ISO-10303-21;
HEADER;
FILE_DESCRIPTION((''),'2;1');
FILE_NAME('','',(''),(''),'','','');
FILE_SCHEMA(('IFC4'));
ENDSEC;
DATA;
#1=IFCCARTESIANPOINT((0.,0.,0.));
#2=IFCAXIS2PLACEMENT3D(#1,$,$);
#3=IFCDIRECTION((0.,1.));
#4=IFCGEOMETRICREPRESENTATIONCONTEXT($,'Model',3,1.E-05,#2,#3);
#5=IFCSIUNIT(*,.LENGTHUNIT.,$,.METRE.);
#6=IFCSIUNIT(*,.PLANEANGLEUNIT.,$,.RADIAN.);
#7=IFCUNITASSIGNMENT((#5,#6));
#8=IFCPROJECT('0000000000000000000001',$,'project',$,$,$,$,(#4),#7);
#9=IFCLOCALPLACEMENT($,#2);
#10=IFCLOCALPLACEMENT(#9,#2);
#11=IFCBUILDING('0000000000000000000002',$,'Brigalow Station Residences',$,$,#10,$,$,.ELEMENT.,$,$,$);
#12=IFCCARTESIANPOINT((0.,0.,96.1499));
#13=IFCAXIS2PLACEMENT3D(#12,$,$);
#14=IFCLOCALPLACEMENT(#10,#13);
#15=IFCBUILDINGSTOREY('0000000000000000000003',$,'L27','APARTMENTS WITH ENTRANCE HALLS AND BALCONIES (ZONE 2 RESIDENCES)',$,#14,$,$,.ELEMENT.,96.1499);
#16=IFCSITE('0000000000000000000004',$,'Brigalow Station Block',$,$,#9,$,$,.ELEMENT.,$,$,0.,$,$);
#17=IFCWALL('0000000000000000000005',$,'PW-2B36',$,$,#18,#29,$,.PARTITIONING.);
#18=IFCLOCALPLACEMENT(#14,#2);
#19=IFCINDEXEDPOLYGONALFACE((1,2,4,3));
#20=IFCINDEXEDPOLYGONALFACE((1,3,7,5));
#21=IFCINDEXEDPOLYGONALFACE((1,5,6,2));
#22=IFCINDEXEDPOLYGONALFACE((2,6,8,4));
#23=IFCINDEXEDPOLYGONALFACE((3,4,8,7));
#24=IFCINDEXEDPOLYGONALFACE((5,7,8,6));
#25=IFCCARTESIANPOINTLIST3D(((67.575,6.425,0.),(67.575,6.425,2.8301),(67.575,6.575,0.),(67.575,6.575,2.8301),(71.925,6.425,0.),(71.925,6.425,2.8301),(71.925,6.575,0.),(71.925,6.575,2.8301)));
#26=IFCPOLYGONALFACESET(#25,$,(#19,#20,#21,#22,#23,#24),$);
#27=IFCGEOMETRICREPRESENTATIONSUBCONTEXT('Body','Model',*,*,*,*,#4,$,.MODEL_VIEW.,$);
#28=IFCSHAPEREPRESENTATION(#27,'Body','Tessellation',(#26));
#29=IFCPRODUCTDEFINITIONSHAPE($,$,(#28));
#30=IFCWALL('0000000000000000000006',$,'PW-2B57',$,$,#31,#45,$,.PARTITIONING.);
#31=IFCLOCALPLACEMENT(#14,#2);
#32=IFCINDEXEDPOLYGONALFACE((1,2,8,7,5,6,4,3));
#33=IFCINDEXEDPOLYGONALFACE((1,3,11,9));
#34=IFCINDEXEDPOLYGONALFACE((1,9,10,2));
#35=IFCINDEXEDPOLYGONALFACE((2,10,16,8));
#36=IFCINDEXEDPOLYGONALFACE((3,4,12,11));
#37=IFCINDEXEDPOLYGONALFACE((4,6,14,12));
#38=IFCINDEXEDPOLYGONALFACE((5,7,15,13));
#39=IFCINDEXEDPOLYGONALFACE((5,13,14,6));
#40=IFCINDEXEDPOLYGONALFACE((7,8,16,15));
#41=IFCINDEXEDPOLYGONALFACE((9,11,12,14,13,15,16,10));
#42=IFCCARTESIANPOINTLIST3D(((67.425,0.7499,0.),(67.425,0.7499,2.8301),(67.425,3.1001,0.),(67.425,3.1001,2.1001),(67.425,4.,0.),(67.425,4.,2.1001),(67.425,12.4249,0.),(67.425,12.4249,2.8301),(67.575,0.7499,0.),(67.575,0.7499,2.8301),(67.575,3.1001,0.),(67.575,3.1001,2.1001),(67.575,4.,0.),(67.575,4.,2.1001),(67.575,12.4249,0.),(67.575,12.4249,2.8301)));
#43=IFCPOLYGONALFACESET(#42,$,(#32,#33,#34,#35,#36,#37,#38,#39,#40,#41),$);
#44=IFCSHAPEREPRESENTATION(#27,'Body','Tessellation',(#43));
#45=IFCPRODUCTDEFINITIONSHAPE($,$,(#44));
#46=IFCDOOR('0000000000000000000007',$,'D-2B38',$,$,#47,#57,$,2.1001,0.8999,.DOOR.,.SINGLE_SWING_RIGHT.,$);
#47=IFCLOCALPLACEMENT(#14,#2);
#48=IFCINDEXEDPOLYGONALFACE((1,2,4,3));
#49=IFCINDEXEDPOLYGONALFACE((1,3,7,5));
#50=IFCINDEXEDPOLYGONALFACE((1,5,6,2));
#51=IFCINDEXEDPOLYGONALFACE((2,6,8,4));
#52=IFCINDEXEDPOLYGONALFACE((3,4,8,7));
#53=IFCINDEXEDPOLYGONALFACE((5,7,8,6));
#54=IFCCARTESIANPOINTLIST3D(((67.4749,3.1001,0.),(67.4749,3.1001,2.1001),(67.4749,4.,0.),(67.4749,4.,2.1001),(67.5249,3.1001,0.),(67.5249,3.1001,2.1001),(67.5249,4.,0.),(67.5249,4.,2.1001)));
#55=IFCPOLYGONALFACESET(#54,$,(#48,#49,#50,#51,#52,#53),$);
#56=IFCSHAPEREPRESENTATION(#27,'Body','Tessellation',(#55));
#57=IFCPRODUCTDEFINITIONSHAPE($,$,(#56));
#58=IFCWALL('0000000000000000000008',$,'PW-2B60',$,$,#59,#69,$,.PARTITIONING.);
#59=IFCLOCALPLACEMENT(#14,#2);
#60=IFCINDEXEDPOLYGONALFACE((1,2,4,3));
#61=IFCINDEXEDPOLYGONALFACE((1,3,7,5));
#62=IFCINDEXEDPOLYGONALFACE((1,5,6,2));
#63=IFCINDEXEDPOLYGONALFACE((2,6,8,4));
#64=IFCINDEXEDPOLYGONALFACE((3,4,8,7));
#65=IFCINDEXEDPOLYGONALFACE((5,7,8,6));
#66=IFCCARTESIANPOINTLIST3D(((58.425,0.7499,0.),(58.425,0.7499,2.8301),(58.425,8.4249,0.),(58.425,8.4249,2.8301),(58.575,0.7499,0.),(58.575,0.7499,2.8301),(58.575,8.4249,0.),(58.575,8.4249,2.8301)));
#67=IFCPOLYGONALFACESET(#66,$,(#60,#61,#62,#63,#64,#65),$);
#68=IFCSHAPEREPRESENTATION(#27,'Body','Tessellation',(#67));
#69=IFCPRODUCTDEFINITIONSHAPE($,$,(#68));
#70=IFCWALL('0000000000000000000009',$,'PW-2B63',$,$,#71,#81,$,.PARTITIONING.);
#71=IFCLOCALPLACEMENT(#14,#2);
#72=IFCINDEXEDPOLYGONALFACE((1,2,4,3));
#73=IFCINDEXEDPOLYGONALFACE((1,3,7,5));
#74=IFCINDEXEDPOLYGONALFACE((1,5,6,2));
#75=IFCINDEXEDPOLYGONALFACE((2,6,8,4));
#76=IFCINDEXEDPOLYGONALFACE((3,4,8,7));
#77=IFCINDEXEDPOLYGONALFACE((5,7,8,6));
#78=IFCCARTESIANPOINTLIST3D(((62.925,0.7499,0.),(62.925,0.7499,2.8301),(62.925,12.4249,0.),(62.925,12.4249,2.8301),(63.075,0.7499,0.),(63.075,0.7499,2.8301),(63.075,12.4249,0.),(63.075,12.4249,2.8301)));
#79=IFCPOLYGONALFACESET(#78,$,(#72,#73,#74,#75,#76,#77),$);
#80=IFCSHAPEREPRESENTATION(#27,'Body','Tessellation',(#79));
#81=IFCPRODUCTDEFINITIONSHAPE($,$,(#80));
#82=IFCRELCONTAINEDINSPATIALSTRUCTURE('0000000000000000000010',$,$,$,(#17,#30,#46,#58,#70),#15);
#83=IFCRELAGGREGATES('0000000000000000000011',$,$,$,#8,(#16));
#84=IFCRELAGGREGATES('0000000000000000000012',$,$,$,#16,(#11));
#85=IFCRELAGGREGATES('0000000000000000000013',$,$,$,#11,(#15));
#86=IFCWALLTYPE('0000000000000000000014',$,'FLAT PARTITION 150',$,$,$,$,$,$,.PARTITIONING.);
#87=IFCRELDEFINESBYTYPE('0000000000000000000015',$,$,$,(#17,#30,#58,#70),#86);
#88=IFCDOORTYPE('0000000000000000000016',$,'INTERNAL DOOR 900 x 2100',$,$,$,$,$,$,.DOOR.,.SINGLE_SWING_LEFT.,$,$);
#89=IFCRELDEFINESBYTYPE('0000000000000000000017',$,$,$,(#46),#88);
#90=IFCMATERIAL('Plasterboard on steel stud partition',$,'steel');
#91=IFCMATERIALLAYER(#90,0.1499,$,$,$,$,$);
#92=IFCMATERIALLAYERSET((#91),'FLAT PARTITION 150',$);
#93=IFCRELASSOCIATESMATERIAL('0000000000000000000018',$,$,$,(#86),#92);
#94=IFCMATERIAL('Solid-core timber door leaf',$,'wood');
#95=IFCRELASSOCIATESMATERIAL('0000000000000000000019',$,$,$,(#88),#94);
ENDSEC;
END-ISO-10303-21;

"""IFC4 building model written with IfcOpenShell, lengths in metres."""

from ifc_helpers import new_model, si_unit, direction, frame, frame_2d, origin, place, context, subcontext, project, spatial, rectangle, extrude, material, layer, layer_set, type_object, element, fill, save


model = new_model("IFC4")

# Units and contexts
model_context = context("Model", 3, precision=1e-05, world=origin(), true_north=direction((0.0, 1.0)))
body_context = subcontext(model_context, "Body", "Model", "MODEL_VIEW")
ifc_project = project(units=[si_unit("LENGTHUNIT", "METRE"), si_unit("PLANEANGLEUNIT", "RADIAN")], contexts=[model_context])

# Site, building, storey
site_placement = place(None, origin())
site = spatial("IfcSite", under=ifc_project, at=site_placement, Name="Brigalow Station Block", CompositionType="ELEMENT", RefElevation=0.0)
building_placement = place(site_placement, origin())
building = spatial("IfcBuilding", under=site, at=building_placement, Name="Brigalow Station Residences", CompositionType="ELEMENT")
storey_placement = place(building_placement, frame((0.0, 0.0, 96.1499)))
storey = spatial("IfcBuildingStorey", under=building, at=storey_placement, Name="L27", Description="APARTMENTS WITH ENTRANCE HALLS AND BALCONIES (ZONE 2 RESIDENCES)", CompositionType="ELEMENT", Elevation=96.1499)

# Shared definitions
ifc_material_1 = material(Name="Plasterboard on steel stud partition", Category="steel")
ifc_layer_1 = layer(ifc_material_1, 0.1499)
ifc_layer_set_1 = layer_set([ifc_layer_1], Name="FLAT PARTITION 150")
wall_type_1 = type_object("IfcWallType", Name="FLAT PARTITION 150", PredefinedType="PARTITIONING", material=ifc_layer_set_1)
ifc_material_2 = material(Name="Solid-core timber door leaf", Category="wood")
door_type = type_object("IfcDoorType", Name="INTERNAL DOOR 900 x 2100", OperationType="SINGLE_SWING_LEFT", PredefinedType="DOOR", material=ifc_material_2)

# Wall
wall_1_placement = place(storey_placement, frame((67.575, 6.5, 0.0), z_axis=(0.0, 0.0, 1.0), x_axis=(1.0, 0.0, 0.0)))
element("IfcWall", 1, at=wall_1_placement, inside=storey, type_object=wall_type_1, Name="PW-2B36", PredefinedType="PARTITIONING", context=body_context, shape_type="SweptSolid", body=[
    extrude(rectangle(XDim=4.3501, YDim=0.1499, at=frame_2d((2.175, 0.0))), origin(), (0.0, 0.0, 1.0), 2.8301),
])

# Wall, opening, door
wall_2_placement = place(storey_placement, frame((67.5, 0.75, 0.0), z_axis=(0.0, 0.0, 1.0), x_axis=(0.0, 1.0, 0.0)))
wall_2 = element("IfcWall", 2, at=wall_2_placement, inside=storey, type_object=wall_type_1, Name="PW-2B57", PredefinedType="PARTITIONING", context=body_context, shape_type="SweptSolid", body=[
    extrude(rectangle(XDim=11.675, YDim=0.1499, at=frame_2d((5.8374, 0.0))), origin(), (0.0, 0.0, 1.0), 2.8301),
])
opening_1_placement = place(wall_2_placement, frame((2.3501, 0.0, 0.0)))
opening_1 = element("IfcOpeningElement", 3, at=opening_1_placement, cuts=wall_2, PredefinedType="OPENING", context=body_context, shape_type="SweptSolid", body=[
    extrude(rectangle(XDim=0.8999, YDim=2.1001, at=frame_2d((0.45, 1.05))), frame((0.0, 0.085, 0.0), z_axis=(0.0, -1.0, 0.0), x_axis=(1.0, 0.0, 0.0)), (0.0, 0.0, 1.0), 0.1699),
])
door_1_placement = place(opening_1_placement, frame((0.8999, 0.0, 0.0), z_axis=(0.0, 0.0, 1.0), x_axis=(-1.0, 0.0, 0.0)))
door_1 = element("IfcDoor", 4, at=door_1_placement, inside=storey, type_object=door_type, Name="D-2B38", OperationType="SINGLE_SWING_RIGHT", OverallHeight=2.1001, OverallWidth=0.8999, PredefinedType="DOOR", context=body_context, shape_type="SweptSolid", body=[
    extrude(rectangle(XDim=0.8999, YDim=2.1001, at=frame_2d((0.45, 1.05))), frame((0.0, 0.0249, 0.0), z_axis=(0.0, -1.0, 0.0), x_axis=(1.0, 0.0, 0.0)), (0.0, 0.0, 1.0), 0.05),
])
fill(opening_1, door_1)

# Walls
wall_3_placement = place(storey_placement, frame((58.5, 0.75, 0.0), z_axis=(0.0, 0.0, 1.0), x_axis=(0.0, 1.0, 0.0)))
element("IfcWall", 5, at=wall_3_placement, inside=storey, type_object=wall_type_1, Name="PW-2B60", PredefinedType="PARTITIONING", context=body_context, shape_type="SweptSolid", body=[
    extrude(rectangle(XDim=7.675, YDim=0.1499, at=frame_2d((3.8374, 0.0))), origin(), (0.0, 0.0, 1.0), 2.8301),
])
wall_4_placement = place(storey_placement, frame((63.0, 0.75, 0.0), z_axis=(0.0, 0.0, 1.0), x_axis=(0.0, 1.0, 0.0)))
element("IfcWall", 6, at=wall_4_placement, inside=storey, type_object=wall_type_1, Name="PW-2B63", PredefinedType="PARTITIONING", context=body_context, shape_type="SweptSolid", body=[
    extrude(rectangle(XDim=11.675, YDim=0.1499, at=frame_2d((5.8374, 0.0))), origin(), (0.0, 0.0, 1.0), 2.8301),
])

save(model, "model.ifc")
